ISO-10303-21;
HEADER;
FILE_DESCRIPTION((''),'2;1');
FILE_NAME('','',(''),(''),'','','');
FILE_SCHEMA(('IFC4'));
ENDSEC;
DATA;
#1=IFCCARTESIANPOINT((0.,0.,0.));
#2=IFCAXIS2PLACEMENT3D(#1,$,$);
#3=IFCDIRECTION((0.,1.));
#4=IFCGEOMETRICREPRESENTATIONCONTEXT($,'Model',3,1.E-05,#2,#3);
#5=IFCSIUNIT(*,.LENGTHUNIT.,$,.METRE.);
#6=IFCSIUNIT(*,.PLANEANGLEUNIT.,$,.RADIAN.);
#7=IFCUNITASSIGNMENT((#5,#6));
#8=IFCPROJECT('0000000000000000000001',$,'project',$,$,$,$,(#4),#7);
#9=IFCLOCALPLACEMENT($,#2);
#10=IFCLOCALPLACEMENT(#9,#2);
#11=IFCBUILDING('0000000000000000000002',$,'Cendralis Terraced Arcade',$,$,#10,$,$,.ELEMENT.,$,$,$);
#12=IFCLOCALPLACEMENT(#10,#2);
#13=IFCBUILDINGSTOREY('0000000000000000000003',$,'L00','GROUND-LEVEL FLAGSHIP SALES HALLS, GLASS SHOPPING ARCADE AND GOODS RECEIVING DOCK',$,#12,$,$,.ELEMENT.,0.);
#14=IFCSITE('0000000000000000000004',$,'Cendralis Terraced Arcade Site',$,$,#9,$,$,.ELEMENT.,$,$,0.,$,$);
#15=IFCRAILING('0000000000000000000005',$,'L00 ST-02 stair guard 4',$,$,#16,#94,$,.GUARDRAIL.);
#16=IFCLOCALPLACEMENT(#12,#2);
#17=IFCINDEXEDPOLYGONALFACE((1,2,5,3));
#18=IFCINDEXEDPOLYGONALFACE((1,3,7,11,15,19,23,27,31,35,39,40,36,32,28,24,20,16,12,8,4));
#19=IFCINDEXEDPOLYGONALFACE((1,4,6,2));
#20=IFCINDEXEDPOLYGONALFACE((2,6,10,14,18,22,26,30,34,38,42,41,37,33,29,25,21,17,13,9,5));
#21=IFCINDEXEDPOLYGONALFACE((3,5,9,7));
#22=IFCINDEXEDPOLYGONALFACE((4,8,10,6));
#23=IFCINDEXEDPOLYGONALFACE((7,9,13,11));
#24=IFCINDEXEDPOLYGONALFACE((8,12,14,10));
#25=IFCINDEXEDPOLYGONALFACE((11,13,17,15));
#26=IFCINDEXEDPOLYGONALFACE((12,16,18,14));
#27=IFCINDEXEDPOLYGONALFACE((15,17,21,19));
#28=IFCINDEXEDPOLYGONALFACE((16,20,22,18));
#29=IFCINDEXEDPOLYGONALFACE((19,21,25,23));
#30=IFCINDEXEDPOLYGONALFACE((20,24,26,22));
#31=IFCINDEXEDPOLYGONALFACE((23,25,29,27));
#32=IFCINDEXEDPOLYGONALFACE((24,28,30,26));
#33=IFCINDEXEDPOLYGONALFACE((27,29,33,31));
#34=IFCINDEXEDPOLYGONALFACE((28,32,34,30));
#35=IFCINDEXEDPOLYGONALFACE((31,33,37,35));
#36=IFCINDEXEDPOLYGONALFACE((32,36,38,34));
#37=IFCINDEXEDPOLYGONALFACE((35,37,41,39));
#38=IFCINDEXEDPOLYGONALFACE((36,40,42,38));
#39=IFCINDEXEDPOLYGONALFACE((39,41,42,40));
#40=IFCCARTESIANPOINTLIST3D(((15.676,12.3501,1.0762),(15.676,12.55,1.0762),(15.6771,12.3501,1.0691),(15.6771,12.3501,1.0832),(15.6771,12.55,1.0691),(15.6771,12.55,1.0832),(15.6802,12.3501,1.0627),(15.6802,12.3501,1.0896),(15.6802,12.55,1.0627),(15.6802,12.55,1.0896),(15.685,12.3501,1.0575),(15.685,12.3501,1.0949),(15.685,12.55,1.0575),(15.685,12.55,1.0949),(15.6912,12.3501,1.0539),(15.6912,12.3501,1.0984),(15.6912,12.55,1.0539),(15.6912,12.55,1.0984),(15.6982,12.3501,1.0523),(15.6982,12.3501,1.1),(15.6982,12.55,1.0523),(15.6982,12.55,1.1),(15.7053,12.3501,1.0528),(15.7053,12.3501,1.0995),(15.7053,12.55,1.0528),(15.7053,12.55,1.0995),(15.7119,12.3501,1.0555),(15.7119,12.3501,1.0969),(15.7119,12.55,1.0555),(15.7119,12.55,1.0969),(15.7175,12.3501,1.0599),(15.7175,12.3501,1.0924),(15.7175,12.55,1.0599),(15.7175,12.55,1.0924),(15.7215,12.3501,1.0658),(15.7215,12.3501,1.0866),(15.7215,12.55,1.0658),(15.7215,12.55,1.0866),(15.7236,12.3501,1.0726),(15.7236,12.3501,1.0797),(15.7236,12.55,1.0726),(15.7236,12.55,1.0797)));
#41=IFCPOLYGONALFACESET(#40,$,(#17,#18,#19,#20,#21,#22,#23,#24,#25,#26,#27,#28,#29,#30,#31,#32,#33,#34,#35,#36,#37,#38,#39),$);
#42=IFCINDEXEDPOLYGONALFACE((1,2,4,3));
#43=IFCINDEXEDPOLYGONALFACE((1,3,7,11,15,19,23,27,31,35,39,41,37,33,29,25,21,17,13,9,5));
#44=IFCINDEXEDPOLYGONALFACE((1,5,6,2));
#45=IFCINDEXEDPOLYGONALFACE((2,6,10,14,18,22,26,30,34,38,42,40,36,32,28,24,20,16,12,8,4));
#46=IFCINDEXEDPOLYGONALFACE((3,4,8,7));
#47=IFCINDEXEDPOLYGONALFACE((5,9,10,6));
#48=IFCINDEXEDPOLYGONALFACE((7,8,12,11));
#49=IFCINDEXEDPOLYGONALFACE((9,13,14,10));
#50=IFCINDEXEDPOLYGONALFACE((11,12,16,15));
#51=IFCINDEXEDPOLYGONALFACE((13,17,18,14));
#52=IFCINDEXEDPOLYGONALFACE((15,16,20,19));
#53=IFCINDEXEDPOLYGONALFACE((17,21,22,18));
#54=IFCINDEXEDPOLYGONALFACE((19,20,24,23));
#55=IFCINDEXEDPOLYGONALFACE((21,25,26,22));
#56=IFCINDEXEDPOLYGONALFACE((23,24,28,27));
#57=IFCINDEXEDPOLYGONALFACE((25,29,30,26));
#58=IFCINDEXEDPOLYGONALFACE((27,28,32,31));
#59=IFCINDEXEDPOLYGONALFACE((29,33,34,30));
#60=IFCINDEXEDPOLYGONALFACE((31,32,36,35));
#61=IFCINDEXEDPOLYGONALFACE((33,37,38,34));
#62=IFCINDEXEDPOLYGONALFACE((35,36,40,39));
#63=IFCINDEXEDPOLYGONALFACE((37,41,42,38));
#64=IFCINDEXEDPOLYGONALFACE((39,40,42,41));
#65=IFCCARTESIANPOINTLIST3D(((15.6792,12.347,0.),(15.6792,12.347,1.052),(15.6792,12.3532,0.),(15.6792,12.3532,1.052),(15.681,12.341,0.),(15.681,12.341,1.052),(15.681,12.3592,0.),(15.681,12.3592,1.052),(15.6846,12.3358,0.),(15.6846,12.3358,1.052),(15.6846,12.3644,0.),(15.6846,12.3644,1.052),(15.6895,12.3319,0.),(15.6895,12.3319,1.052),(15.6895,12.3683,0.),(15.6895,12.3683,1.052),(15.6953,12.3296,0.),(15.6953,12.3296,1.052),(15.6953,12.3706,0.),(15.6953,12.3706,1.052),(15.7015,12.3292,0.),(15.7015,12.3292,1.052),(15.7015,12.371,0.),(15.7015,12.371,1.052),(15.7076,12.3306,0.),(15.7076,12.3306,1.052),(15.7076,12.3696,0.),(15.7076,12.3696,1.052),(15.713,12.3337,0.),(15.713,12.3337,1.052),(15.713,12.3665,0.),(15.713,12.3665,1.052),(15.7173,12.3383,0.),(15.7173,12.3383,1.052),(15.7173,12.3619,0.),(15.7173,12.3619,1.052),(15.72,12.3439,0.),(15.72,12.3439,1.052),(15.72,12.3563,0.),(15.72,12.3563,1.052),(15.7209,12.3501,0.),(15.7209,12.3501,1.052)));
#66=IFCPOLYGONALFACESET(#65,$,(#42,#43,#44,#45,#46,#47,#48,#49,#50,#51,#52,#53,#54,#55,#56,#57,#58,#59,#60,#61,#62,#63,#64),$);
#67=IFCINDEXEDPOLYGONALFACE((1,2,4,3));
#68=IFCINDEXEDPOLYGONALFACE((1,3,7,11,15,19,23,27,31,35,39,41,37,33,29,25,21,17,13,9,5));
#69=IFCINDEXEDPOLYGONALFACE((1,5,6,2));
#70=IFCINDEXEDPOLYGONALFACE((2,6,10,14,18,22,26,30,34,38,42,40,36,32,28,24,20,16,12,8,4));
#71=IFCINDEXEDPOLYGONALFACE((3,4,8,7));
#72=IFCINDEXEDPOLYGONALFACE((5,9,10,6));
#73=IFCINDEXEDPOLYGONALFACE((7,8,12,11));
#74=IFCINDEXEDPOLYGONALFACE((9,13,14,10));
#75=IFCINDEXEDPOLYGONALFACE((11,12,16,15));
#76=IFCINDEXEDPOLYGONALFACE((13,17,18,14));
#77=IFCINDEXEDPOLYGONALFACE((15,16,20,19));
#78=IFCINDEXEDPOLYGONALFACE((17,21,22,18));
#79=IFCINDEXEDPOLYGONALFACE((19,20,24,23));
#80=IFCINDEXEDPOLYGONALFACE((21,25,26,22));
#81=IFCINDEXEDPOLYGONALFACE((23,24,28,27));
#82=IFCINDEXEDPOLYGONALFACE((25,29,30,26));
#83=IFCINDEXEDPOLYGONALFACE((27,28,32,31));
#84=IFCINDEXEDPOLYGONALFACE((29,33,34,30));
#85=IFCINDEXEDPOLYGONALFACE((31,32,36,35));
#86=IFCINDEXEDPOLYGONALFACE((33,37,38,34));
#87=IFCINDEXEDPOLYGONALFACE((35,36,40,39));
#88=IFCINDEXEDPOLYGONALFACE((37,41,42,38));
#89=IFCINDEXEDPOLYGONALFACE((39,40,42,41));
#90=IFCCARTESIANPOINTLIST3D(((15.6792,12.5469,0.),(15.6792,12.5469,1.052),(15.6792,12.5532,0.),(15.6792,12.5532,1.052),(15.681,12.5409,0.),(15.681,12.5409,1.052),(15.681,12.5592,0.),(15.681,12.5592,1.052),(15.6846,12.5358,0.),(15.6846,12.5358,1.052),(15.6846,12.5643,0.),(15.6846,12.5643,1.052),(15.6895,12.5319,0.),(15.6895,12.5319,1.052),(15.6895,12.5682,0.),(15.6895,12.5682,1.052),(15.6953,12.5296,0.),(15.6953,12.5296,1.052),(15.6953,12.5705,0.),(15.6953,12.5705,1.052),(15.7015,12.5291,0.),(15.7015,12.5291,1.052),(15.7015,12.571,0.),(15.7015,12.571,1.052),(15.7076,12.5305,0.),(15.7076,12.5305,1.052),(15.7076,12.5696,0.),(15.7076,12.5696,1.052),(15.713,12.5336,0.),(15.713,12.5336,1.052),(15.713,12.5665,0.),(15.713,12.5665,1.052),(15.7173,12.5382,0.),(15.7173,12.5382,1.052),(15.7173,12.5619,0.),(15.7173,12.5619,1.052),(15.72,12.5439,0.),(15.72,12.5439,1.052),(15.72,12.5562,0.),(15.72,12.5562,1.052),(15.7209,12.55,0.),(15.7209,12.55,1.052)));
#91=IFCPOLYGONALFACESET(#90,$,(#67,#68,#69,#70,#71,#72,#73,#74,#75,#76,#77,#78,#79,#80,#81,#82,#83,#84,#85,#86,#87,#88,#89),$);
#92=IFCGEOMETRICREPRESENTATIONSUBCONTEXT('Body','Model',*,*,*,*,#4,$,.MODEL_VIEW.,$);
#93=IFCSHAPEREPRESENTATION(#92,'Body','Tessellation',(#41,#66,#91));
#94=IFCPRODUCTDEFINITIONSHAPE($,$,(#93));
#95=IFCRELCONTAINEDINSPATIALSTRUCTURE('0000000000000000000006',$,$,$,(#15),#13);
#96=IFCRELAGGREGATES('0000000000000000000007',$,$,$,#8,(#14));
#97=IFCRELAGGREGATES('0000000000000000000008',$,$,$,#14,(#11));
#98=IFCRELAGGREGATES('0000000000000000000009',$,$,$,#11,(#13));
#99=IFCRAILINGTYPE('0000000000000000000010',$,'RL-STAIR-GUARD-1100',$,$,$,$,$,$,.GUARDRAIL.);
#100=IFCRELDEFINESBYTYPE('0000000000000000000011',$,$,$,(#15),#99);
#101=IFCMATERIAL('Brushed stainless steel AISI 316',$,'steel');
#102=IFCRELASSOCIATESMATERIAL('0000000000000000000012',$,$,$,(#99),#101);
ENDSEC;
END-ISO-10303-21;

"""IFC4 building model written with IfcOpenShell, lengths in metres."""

from ifc_helpers import new_model, si_unit, direction, frame, origin, origin_2d, place, context, subcontext, project, spatial, circle, extrude, material, type_object, element, save


model = new_model("IFC4")

# Units and contexts
model_context = context("Model", 3, precision=1e-05, world=origin(), true_north=direction((0.0, 1.0)))
body_context = subcontext(model_context, "Body", "Model", "MODEL_VIEW")
ifc_project = project(units=[si_unit("LENGTHUNIT", "METRE"), si_unit("PLANEANGLEUNIT", "RADIAN")], contexts=[model_context])

# Site, building, storey
site_placement = place(None, origin())
site = spatial("IfcSite", under=ifc_project, at=site_placement, Name="Cendralis Terraced Arcade Site", CompositionType="ELEMENT", RefElevation=0.0)
building_placement = place(site_placement, origin())
building = spatial("IfcBuilding", under=site, at=building_placement, Name="Cendralis Terraced Arcade", CompositionType="ELEMENT")
storey_placement = place(building_placement, origin())
storey = spatial("IfcBuildingStorey", under=building, at=storey_placement, Name="L00", Description="GROUND-LEVEL FLAGSHIP SALES HALLS, GLASS SHOPPING ARCADE AND GOODS RECEIVING DOCK", CompositionType="ELEMENT", Elevation=0.0)

# Railing
ifc_material_1 = material(Name="Brushed stainless steel AISI 316", Category="steel")
railing_type_1 = type_object("IfcRailingType", Name="RL-STAIR-GUARD-1100", PredefinedType="GUARDRAIL", material=ifc_material_1)
railing_1_placement = place(storey_placement, frame((15.7, 12.3501, 0.0)))
element("IfcRailing", 1, at=railing_1_placement, inside=storey, type_object=railing_type_1, Name="L00 ST-02 stair guard 4", PredefinedType="GUARDRAIL", context=body_context, shape_type="SweptSolid", body=[
    extrude(circle(Radius=0.0239, at=origin_2d()), frame((0.0, 0.0, 1.0762), z_axis=(0.0, 1.0, 0.0), x_axis=(-1.0, 0.0, 0.0)), (0.0, 0.0, 1.0), 0.2),
    extrude(circle(Radius=0.021, at=origin_2d()), origin(), (0.0, 0.0, 1.0), 1.052),
    extrude(circle(Radius=0.021, at=origin_2d()), frame((0.0, 0.2, 0.0)), (0.0, 0.0, 1.0), 1.052),
])

save(model, "model.ifc")
